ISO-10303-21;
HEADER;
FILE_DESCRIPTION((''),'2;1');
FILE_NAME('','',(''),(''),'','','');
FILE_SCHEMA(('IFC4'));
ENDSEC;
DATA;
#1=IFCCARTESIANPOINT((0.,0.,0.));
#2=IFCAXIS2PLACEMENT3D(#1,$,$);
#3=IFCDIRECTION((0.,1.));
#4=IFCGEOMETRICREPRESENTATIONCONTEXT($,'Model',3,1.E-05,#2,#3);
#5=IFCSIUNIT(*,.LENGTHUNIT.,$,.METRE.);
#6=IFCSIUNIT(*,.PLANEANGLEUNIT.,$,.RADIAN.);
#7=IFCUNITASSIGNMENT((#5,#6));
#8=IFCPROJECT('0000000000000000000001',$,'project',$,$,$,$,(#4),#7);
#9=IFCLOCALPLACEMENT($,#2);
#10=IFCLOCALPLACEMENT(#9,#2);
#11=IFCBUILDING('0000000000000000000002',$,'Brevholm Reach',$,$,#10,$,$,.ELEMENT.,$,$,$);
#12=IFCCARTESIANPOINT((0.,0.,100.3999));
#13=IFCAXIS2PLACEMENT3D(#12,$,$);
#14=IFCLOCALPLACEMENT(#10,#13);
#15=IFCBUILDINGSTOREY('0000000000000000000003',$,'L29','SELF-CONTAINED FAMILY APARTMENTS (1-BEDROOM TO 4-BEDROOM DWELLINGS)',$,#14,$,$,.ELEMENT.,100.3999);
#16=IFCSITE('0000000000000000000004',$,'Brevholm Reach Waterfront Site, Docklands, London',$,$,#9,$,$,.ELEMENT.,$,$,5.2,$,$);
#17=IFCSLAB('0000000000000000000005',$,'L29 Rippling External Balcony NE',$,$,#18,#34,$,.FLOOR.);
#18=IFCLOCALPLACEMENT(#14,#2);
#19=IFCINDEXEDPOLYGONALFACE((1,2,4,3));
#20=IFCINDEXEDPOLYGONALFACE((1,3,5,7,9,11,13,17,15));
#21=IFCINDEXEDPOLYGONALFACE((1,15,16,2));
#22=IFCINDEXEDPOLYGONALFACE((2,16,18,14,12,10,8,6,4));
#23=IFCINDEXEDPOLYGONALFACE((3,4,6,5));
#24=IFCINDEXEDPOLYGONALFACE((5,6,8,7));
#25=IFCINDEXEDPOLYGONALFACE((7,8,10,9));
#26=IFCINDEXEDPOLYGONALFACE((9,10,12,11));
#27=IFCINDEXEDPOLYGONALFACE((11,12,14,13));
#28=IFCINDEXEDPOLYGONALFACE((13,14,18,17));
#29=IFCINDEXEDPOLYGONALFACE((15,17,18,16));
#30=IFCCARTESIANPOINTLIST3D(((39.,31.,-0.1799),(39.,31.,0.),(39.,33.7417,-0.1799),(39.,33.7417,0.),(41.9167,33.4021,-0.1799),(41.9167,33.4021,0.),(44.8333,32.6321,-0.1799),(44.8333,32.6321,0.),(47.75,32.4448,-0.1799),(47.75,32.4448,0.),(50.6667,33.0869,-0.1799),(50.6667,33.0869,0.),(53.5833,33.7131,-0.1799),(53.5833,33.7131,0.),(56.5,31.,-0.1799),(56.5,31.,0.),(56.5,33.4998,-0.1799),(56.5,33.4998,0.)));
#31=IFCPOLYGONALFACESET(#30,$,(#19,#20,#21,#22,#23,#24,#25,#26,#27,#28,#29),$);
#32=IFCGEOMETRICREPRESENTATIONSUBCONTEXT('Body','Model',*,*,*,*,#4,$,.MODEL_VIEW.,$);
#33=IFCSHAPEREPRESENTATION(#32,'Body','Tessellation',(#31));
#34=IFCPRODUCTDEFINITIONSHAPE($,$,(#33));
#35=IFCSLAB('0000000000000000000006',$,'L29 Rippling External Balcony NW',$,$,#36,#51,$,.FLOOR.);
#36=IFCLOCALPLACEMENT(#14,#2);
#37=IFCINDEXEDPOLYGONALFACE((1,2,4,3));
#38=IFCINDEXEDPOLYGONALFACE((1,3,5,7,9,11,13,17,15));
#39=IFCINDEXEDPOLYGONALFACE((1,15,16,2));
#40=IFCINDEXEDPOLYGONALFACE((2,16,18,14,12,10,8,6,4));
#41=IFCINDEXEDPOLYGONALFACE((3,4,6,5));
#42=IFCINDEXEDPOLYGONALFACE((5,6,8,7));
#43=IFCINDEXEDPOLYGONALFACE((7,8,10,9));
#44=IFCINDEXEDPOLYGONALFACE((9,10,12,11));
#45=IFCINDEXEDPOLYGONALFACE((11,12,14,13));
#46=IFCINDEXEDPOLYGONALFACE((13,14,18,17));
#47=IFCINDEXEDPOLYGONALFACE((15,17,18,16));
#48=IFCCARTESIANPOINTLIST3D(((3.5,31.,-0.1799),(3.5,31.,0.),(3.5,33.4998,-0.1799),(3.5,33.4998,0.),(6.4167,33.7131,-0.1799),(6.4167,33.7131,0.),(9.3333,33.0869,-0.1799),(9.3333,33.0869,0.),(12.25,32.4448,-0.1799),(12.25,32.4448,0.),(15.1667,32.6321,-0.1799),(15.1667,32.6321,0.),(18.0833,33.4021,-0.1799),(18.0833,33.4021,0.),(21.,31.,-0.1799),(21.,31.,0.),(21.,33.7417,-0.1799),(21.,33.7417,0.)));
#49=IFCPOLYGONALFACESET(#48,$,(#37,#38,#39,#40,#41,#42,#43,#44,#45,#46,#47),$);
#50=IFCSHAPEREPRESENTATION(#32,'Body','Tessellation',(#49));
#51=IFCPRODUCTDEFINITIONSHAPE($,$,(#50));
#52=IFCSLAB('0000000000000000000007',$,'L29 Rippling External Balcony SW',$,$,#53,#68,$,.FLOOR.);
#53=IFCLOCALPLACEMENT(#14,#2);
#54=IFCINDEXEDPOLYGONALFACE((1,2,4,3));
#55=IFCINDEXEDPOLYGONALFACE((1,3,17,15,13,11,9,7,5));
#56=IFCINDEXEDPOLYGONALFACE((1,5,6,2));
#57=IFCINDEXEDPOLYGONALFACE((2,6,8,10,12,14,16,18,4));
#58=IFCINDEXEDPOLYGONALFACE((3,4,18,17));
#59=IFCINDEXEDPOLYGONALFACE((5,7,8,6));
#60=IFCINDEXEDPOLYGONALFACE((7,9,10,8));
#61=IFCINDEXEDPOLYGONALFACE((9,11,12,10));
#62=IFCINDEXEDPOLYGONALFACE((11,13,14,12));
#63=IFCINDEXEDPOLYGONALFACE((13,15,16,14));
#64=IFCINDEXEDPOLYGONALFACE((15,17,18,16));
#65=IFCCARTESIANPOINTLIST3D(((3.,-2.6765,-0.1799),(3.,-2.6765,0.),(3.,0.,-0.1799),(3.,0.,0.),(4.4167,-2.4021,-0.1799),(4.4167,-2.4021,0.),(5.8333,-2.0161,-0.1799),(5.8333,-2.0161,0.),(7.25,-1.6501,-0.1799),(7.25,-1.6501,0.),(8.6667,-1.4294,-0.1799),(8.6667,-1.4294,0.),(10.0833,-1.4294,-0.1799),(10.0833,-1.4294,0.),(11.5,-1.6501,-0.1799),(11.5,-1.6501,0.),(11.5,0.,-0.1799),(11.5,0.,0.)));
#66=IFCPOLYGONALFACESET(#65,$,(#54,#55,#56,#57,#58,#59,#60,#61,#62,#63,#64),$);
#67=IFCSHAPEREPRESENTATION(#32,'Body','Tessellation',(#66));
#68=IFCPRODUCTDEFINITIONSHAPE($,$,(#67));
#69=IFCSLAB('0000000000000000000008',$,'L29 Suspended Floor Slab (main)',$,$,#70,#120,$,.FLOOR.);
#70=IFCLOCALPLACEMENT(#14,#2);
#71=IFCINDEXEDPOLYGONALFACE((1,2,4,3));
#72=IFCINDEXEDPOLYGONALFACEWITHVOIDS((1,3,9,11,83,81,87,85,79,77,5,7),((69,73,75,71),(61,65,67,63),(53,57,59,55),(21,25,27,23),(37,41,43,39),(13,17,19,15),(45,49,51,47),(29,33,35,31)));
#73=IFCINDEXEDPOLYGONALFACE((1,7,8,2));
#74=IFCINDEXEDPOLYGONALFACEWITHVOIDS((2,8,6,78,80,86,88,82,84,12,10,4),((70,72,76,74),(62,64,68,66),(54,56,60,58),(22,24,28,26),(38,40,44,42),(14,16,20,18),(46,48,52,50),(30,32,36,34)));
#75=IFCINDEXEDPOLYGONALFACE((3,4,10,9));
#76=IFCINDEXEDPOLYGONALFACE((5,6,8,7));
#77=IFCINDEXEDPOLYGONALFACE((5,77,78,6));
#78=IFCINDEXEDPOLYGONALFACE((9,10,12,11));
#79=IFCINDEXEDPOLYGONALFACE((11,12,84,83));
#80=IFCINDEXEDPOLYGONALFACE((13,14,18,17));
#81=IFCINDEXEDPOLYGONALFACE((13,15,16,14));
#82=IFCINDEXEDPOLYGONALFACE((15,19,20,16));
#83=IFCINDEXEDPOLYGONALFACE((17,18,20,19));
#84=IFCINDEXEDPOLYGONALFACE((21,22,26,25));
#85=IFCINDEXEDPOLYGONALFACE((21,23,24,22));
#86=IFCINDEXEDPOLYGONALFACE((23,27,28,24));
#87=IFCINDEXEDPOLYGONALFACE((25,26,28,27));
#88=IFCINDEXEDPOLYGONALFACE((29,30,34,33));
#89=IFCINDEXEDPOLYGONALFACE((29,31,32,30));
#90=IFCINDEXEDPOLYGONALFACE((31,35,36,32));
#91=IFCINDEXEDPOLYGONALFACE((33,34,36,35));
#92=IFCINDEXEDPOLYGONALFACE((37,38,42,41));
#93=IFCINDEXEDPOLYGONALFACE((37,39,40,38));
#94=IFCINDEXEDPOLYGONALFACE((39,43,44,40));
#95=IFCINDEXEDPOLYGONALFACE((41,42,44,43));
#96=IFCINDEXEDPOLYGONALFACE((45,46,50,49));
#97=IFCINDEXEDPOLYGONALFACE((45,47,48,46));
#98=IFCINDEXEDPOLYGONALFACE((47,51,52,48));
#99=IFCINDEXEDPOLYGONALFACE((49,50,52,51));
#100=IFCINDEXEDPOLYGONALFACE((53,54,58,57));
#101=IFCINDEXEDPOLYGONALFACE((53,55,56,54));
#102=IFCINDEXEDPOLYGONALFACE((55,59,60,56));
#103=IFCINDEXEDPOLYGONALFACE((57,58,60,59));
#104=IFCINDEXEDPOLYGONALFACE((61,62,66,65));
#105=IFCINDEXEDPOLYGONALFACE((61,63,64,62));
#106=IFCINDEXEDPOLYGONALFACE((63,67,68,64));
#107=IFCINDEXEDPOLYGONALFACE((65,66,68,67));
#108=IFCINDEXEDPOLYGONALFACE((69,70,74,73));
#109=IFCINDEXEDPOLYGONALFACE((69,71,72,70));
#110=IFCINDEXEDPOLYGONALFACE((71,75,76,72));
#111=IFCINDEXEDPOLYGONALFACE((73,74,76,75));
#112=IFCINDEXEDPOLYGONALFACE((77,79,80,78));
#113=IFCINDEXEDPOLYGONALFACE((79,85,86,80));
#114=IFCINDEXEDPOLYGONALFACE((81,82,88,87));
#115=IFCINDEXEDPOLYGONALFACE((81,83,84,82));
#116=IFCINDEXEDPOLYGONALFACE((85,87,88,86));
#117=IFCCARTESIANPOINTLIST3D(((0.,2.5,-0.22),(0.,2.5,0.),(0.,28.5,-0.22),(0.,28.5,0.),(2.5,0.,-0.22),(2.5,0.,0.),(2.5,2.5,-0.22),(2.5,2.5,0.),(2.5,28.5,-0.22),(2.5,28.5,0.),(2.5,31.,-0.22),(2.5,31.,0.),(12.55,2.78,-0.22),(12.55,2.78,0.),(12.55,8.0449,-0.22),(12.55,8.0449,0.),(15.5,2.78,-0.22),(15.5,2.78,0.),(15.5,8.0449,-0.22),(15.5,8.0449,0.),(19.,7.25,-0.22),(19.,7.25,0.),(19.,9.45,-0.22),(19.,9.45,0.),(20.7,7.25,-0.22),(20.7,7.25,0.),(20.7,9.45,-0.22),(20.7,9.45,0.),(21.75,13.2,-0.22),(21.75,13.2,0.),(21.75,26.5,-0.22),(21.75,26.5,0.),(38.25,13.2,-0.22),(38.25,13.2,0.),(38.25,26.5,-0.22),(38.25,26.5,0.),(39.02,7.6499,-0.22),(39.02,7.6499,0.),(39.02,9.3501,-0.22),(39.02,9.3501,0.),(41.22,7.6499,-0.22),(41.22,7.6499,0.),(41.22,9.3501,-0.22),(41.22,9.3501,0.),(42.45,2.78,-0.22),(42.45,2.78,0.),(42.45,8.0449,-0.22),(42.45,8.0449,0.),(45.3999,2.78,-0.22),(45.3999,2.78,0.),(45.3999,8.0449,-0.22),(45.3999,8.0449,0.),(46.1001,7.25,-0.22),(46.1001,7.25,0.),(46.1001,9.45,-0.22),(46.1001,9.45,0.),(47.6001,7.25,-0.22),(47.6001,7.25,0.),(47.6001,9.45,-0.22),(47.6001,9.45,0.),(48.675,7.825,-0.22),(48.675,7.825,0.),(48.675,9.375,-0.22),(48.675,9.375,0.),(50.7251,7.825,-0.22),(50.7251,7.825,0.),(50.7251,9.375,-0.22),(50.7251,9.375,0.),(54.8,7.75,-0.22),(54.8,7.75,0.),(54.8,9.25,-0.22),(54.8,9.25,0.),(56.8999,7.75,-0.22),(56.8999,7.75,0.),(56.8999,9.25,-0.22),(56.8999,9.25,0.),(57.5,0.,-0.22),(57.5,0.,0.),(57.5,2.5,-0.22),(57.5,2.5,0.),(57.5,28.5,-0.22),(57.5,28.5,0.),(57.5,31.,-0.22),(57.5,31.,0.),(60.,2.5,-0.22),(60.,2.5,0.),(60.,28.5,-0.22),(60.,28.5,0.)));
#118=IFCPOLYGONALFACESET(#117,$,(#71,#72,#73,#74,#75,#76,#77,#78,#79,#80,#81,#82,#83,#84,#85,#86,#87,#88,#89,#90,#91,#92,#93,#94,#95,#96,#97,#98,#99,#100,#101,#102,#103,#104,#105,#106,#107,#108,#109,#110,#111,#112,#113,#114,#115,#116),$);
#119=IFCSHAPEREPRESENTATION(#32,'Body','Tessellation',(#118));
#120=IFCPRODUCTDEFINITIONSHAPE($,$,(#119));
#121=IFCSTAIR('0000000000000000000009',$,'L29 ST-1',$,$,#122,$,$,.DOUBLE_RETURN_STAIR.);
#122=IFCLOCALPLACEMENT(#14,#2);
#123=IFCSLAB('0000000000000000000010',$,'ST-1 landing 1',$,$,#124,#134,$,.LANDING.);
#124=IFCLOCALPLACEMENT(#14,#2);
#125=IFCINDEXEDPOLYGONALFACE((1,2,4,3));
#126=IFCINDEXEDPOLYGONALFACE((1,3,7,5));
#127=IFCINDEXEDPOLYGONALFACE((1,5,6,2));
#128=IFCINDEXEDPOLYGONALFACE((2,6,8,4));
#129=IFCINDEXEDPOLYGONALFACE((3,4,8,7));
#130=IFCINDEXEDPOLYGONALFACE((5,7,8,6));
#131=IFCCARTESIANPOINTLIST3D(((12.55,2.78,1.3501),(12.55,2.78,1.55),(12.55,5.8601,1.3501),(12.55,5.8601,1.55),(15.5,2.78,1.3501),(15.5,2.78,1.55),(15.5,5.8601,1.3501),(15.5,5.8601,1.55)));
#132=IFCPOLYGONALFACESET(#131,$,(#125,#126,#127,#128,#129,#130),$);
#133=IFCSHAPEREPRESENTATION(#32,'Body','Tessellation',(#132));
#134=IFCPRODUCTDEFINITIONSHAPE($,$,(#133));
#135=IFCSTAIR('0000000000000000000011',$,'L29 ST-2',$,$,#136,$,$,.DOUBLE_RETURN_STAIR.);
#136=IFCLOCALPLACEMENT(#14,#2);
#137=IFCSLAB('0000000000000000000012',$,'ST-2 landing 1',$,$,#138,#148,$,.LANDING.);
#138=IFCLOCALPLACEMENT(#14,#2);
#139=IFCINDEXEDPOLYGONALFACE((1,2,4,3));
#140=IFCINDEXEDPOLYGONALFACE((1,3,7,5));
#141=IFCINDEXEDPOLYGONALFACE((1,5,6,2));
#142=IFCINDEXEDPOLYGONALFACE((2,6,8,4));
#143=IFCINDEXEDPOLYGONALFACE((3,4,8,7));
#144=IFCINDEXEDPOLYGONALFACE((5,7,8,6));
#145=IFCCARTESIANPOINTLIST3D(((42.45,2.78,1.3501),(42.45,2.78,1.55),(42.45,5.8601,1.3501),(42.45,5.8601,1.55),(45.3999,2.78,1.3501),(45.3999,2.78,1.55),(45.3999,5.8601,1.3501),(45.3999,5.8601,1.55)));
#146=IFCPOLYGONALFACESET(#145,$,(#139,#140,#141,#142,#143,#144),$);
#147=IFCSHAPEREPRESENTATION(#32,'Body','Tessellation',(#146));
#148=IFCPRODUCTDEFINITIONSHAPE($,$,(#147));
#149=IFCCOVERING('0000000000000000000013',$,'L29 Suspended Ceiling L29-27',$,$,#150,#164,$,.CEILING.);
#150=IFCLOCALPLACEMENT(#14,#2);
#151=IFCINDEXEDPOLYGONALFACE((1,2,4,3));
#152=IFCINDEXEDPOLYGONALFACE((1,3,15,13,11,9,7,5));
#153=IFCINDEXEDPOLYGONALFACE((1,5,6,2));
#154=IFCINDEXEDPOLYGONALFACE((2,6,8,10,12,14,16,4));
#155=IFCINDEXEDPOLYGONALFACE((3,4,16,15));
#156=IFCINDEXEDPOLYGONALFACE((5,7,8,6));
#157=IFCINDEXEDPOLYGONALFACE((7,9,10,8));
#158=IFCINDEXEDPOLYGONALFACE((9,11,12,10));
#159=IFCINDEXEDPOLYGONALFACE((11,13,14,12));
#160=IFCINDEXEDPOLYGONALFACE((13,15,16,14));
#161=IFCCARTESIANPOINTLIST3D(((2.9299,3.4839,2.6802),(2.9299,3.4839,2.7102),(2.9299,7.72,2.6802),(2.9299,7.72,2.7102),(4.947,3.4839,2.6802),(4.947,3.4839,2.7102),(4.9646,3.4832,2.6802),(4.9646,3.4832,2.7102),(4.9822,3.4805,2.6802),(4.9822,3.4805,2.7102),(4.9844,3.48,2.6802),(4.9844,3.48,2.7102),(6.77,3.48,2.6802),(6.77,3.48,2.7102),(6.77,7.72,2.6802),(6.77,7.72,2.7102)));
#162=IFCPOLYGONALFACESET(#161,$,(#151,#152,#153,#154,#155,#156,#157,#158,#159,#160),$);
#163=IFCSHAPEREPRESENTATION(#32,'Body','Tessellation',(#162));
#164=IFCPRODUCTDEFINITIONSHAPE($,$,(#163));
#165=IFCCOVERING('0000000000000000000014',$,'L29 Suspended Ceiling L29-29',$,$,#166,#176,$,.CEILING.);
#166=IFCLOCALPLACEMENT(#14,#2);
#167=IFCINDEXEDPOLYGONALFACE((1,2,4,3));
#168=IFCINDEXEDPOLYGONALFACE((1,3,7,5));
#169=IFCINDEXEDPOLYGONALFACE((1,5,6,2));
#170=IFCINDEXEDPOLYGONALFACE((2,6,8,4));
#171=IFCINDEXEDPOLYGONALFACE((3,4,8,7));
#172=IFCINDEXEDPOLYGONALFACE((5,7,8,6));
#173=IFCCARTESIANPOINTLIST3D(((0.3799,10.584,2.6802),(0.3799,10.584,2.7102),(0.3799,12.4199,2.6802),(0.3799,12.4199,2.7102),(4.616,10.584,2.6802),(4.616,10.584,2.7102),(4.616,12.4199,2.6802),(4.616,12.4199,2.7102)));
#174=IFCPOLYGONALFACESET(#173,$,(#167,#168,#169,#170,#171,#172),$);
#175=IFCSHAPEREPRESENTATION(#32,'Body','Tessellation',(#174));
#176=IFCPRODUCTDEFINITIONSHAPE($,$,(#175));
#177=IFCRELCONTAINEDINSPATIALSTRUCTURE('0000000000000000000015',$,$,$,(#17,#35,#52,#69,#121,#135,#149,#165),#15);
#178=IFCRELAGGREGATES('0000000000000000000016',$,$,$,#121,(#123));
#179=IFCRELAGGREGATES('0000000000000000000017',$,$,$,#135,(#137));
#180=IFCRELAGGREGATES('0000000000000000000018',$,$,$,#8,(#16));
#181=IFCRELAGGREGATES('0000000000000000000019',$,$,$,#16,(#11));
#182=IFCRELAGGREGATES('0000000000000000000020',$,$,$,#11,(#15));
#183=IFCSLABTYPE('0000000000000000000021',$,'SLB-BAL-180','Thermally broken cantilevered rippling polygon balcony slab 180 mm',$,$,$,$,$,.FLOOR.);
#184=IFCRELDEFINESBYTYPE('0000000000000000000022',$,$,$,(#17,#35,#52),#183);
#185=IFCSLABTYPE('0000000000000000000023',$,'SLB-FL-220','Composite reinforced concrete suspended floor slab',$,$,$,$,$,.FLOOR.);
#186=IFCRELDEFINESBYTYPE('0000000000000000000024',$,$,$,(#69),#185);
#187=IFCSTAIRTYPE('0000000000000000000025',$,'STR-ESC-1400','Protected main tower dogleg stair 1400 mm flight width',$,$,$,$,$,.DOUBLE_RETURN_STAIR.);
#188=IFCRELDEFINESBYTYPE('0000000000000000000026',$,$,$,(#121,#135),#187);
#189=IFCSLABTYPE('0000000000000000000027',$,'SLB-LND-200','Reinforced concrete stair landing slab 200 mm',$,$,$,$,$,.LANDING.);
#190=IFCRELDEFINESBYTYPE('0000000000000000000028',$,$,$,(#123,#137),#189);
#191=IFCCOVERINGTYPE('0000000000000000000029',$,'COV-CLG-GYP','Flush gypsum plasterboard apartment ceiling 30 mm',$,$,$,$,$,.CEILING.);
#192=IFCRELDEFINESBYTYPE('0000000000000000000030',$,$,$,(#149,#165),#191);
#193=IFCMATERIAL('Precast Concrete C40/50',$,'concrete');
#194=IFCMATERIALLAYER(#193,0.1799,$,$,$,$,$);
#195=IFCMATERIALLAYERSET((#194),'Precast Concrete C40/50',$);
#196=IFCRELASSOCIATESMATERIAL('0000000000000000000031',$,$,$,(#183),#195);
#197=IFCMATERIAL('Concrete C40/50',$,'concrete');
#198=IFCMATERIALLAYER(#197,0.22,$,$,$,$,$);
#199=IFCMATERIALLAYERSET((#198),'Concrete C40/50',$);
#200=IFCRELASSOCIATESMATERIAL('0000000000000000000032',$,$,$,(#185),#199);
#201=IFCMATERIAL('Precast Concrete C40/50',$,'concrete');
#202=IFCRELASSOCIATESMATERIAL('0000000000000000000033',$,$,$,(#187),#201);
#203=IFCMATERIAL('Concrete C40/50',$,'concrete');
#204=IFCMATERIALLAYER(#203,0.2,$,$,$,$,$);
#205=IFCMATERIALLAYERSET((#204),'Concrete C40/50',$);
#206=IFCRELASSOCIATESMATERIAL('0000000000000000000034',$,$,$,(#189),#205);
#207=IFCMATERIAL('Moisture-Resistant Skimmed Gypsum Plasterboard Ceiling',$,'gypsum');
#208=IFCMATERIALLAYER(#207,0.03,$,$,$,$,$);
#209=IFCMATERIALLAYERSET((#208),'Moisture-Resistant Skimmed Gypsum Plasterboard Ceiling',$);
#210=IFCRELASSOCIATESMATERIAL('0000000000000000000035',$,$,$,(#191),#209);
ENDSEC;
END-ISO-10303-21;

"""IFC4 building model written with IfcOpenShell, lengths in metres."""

from ifc_helpers import new_model, si_unit, direction, frame, origin, place, context, subcontext, project, spatial, polyline, outline, extrude, material, layer, layer_set, type_object, element, aggregate, save


model = new_model("IFC4")

# Units and contexts
model_context = context("Model", 3, precision=1e-05, world=origin(), true_north=direction((0.0, 1.0)))
body_context = subcontext(model_context, "Body", "Model", "MODEL_VIEW")
ifc_project = project(units=[si_unit("LENGTHUNIT", "METRE"), si_unit("PLANEANGLEUNIT", "RADIAN")], contexts=[model_context])

# Site, building, storey
site_placement = place(None, origin())
site = spatial("IfcSite", under=ifc_project, at=site_placement, Name="Brevholm Reach Waterfront Site, Docklands, London", CompositionType="ELEMENT", RefElevation=5.2)
building_placement = place(site_placement, origin())
building = spatial("IfcBuilding", under=site, at=building_placement, Name="Brevholm Reach", CompositionType="ELEMENT")
storey_placement = place(building_placement, frame((0.0, 0.0, 100.3999)))
storey = spatial("IfcBuildingStorey", under=building, at=storey_placement, Name="L29", Description="SELF-CONTAINED FAMILY APARTMENTS (1-BEDROOM TO 4-BEDROOM DWELLINGS)", CompositionType="ELEMENT", Elevation=100.3999)

# Slabs
ifc_material_1 = material(Name="Precast Concrete C40/50", Category="concrete")
ifc_layer_1 = layer(ifc_material_1, 0.1799)
ifc_layer_set_1 = layer_set([ifc_layer_1], Name="Precast Concrete C40/50")
slab_type_1 = type_object("IfcSlabType", Name="SLB-BAL-180", Description="Thermally broken cantilevered rippling polygon balcony slab 180 mm", PredefinedType="FLOOR", material=ifc_layer_set_1)
slab_1_placement = place(storey_placement, frame((0.0, 0.0, -0.1799)))
element("IfcSlab", 1, at=slab_1_placement, inside=storey, type_object=slab_type_1, Name="L29 Rippling External Balcony NE", PredefinedType="FLOOR", context=body_context, shape_type="SweptSolid", body=[
    extrude(outline(polyline([(39.0, 31.0), (56.5, 31.0), (56.5, 33.4998), (53.5833, 33.7131), (50.6667, 33.0869), (47.75, 32.4448), (44.8333, 32.6321), (41.9167, 33.4021), (39.0, 33.7417), (39.0, 31.0)])), origin(), (0.0, 0.0, 1.0), 0.1799),
])
slab_2_placement = place(storey_placement, frame((0.0, 0.0, -0.1799)))
element("IfcSlab", 2, at=slab_2_placement, inside=storey, type_object=slab_type_1, Name="L29 Rippling External Balcony NW", PredefinedType="FLOOR", context=body_context, shape_type="SweptSolid", body=[
    extrude(outline(polyline([(3.5, 31.0), (21.0, 31.0), (21.0, 33.7417), (18.0833, 33.4021), (15.1667, 32.6321), (12.25, 32.4448), (9.3333, 33.0869), (6.4167, 33.7131), (3.5, 33.4998), (3.5, 31.0)])), origin(), (0.0, 0.0, 1.0), 0.1799),
])
slab_3_placement = place(storey_placement, frame((0.0, 0.0, -0.1799)))
element("IfcSlab", 3, at=slab_3_placement, inside=storey, type_object=slab_type_1, Name="L29 Rippling External Balcony SW", PredefinedType="FLOOR", context=body_context, shape_type="SweptSolid", body=[
    extrude(outline(polyline([(3.0, -2.6765), (4.4167, -2.4021), (5.8333, -2.0161), (7.25, -1.6501), (8.6667, -1.4294), (10.0833, -1.4294), (11.5, -1.6501), (11.5, 0.0), (3.0, 0.0), (3.0, -2.6765)])), origin(), (0.0, 0.0, 1.0), 0.1799),
])
ifc_material_2 = material(Name="Concrete C40/50", Category="concrete")
ifc_layer_2 = layer(ifc_material_2, 0.22)
ifc_layer_set_2 = layer_set([ifc_layer_2], Name="Concrete C40/50")
slab_type_2 = type_object("IfcSlabType", Name="SLB-FL-220", Description="Composite reinforced concrete suspended floor slab", PredefinedType="FLOOR", material=ifc_layer_set_2)
slab_4_placement = place(storey_placement, frame((0.0, 0.0, -0.22)))
element("IfcSlab", 4, at=slab_4_placement, inside=storey, type_object=slab_type_2, Name="L29 Suspended Floor Slab (main)", PredefinedType="FLOOR", context=body_context, shape_type="SweptSolid", body=[
    extrude(outline(polyline([(2.5, 0.0), (57.5, 0.0), (57.5, 2.5), (60.0, 2.5), (60.0, 28.5), (57.5, 28.5), (57.5, 31.0), (2.5, 31.0), (2.5, 28.5), (0.0, 28.5), (0.0, 2.5), (2.5, 2.5), (2.5, 0.0)]), holes=[polyline([(21.75, 13.2), (38.25, 13.2), (38.25, 26.5), (21.75, 26.5), (21.75, 13.2)]), polyline([(12.55, 2.78), (15.5, 2.78), (15.5, 8.0449), (12.55, 8.0449), (12.55, 2.78)]), polyline([(42.45, 2.78), (45.3999, 2.78), (45.3999, 8.0449), (42.45, 8.0449), (42.45, 2.78)]), polyline([(19.0, 7.25), (20.7, 7.25), (20.7, 9.45), (19.0, 9.45), (19.0, 7.25)]), polyline([(46.1001, 7.25), (47.6001, 7.25), (47.6001, 9.45), (46.1001, 9.45), (46.1001, 7.25)]), polyline([(48.675, 7.825), (50.7251, 7.825), (50.7251, 9.375), (48.675, 9.375), (48.675, 7.825)]), polyline([(54.8, 7.75), (56.8999, 7.75), (56.8999, 9.25), (54.8, 9.25), (54.8, 7.75)]), polyline([(39.02, 7.6499), (41.22, 7.6499), (41.22, 9.3501), (39.02, 9.3501), (39.02, 7.6499)])]), origin(), (0.0, 0.0, 1.0), 0.22),
])

# Stairs, slabs
ifc_material_3 = material(Name="Precast Concrete C40/50", Category="concrete")
stair_type = type_object("IfcStairType", Name="STR-ESC-1400", Description="Protected main tower dogleg stair 1400 mm flight width", PredefinedType="DOUBLE_RETURN_STAIR", material=ifc_material_3)
stair_1_placement = place(storey_placement, origin())
stair_1 = element("IfcStair", 5, at=stair_1_placement, inside=storey, type_object=stair_type, Name="L29 ST-1", PredefinedType="DOUBLE_RETURN_STAIR")
ifc_material_4 = material(Name="Concrete C40/50", Category="concrete")
ifc_layer_3 = layer(ifc_material_4, 0.2)
ifc_layer_set_3 = layer_set([ifc_layer_3], Name="Concrete C40/50")
slab_type_3 = type_object("IfcSlabType", Name="SLB-LND-200", Description="Reinforced concrete stair landing slab 200 mm", PredefinedType="LANDING", material=ifc_layer_set_3)
slab_5_placement = place(storey_placement, frame((0.0, 0.0, 1.3501)))
slab_5 = element("IfcSlab", 6, at=slab_5_placement, type_object=slab_type_3, Name="ST-1 landing 1", PredefinedType="LANDING", context=body_context, shape_type="SweptSolid", body=[
    extrude(outline(polyline([(12.55, 5.8601), (12.55, 2.78), (15.5, 2.78), (15.5, 5.8601), (12.55, 5.8601)])), origin(), (0.0, 0.0, 1.0), 0.2),
])
aggregate(stair_1, [slab_5])
stair_2_placement = place(storey_placement, origin())
stair_2 = element("IfcStair", 7, at=stair_2_placement, inside=storey, type_object=stair_type, Name="L29 ST-2", PredefinedType="DOUBLE_RETURN_STAIR")
slab_6_placement = place(storey_placement, frame((0.0, 0.0, 1.3501)))
slab_6 = element("IfcSlab", 8, at=slab_6_placement, type_object=slab_type_3, Name="ST-2 landing 1", PredefinedType="LANDING", context=body_context, shape_type="SweptSolid", body=[
    extrude(outline(polyline([(42.45, 5.8601), (42.45, 2.78), (45.3999, 2.78), (45.3999, 5.8601), (42.45, 5.8601)])), origin(), (0.0, 0.0, 1.0), 0.2),
])
aggregate(stair_2, [slab_6])

# Coverings
ifc_material_5 = material(Name="Moisture-Resistant Skimmed Gypsum Plasterboard Ceiling", Category="gypsum")
ifc_layer_4 = layer(ifc_material_5, 0.03)
ifc_layer_set_4 = layer_set([ifc_layer_4], Name="Moisture-Resistant Skimmed Gypsum Plasterboard Ceiling")
covering_type_1 = type_object("IfcCoveringType", Name="COV-CLG-GYP", Description="Flush gypsum plasterboard apartment ceiling 30 mm", PredefinedType="CEILING", material=ifc_layer_set_4)
covering_1_placement = place(storey_placement, frame((0.0, 0.0, 2.6802)))
element("IfcCovering", 9, at=covering_1_placement, inside=storey, type_object=covering_type_1, Name="L29 Suspended Ceiling L29-27", PredefinedType="CEILING", context=body_context, shape_type="SweptSolid", body=[
    extrude(outline(polyline([(2.9299, 7.72), (6.77, 7.72), (6.77, 3.48), (4.9844, 3.48), (4.9822, 3.4805), (4.9646, 3.4832), (4.947, 3.4839), (2.9299, 3.4839), (2.9299, 7.72)])), origin(), (0.0, 0.0, 1.0), 0.03),
])
covering_2_placement = place(storey_placement, frame((0.0, 0.0, 2.6802)))
element("IfcCovering", 10, at=covering_2_placement, inside=storey, type_object=covering_type_1, Name="L29 Suspended Ceiling L29-29", PredefinedType="CEILING", context=body_context, shape_type="SweptSolid", body=[
    extrude(outline(polyline([(0.3799, 12.4199), (4.616, 12.4199), (4.616, 10.584), (0.3799, 10.584), (0.3799, 12.4199)])), origin(), (0.0, 0.0, 1.0), 0.03),
])

save(model, "model.ifc")
